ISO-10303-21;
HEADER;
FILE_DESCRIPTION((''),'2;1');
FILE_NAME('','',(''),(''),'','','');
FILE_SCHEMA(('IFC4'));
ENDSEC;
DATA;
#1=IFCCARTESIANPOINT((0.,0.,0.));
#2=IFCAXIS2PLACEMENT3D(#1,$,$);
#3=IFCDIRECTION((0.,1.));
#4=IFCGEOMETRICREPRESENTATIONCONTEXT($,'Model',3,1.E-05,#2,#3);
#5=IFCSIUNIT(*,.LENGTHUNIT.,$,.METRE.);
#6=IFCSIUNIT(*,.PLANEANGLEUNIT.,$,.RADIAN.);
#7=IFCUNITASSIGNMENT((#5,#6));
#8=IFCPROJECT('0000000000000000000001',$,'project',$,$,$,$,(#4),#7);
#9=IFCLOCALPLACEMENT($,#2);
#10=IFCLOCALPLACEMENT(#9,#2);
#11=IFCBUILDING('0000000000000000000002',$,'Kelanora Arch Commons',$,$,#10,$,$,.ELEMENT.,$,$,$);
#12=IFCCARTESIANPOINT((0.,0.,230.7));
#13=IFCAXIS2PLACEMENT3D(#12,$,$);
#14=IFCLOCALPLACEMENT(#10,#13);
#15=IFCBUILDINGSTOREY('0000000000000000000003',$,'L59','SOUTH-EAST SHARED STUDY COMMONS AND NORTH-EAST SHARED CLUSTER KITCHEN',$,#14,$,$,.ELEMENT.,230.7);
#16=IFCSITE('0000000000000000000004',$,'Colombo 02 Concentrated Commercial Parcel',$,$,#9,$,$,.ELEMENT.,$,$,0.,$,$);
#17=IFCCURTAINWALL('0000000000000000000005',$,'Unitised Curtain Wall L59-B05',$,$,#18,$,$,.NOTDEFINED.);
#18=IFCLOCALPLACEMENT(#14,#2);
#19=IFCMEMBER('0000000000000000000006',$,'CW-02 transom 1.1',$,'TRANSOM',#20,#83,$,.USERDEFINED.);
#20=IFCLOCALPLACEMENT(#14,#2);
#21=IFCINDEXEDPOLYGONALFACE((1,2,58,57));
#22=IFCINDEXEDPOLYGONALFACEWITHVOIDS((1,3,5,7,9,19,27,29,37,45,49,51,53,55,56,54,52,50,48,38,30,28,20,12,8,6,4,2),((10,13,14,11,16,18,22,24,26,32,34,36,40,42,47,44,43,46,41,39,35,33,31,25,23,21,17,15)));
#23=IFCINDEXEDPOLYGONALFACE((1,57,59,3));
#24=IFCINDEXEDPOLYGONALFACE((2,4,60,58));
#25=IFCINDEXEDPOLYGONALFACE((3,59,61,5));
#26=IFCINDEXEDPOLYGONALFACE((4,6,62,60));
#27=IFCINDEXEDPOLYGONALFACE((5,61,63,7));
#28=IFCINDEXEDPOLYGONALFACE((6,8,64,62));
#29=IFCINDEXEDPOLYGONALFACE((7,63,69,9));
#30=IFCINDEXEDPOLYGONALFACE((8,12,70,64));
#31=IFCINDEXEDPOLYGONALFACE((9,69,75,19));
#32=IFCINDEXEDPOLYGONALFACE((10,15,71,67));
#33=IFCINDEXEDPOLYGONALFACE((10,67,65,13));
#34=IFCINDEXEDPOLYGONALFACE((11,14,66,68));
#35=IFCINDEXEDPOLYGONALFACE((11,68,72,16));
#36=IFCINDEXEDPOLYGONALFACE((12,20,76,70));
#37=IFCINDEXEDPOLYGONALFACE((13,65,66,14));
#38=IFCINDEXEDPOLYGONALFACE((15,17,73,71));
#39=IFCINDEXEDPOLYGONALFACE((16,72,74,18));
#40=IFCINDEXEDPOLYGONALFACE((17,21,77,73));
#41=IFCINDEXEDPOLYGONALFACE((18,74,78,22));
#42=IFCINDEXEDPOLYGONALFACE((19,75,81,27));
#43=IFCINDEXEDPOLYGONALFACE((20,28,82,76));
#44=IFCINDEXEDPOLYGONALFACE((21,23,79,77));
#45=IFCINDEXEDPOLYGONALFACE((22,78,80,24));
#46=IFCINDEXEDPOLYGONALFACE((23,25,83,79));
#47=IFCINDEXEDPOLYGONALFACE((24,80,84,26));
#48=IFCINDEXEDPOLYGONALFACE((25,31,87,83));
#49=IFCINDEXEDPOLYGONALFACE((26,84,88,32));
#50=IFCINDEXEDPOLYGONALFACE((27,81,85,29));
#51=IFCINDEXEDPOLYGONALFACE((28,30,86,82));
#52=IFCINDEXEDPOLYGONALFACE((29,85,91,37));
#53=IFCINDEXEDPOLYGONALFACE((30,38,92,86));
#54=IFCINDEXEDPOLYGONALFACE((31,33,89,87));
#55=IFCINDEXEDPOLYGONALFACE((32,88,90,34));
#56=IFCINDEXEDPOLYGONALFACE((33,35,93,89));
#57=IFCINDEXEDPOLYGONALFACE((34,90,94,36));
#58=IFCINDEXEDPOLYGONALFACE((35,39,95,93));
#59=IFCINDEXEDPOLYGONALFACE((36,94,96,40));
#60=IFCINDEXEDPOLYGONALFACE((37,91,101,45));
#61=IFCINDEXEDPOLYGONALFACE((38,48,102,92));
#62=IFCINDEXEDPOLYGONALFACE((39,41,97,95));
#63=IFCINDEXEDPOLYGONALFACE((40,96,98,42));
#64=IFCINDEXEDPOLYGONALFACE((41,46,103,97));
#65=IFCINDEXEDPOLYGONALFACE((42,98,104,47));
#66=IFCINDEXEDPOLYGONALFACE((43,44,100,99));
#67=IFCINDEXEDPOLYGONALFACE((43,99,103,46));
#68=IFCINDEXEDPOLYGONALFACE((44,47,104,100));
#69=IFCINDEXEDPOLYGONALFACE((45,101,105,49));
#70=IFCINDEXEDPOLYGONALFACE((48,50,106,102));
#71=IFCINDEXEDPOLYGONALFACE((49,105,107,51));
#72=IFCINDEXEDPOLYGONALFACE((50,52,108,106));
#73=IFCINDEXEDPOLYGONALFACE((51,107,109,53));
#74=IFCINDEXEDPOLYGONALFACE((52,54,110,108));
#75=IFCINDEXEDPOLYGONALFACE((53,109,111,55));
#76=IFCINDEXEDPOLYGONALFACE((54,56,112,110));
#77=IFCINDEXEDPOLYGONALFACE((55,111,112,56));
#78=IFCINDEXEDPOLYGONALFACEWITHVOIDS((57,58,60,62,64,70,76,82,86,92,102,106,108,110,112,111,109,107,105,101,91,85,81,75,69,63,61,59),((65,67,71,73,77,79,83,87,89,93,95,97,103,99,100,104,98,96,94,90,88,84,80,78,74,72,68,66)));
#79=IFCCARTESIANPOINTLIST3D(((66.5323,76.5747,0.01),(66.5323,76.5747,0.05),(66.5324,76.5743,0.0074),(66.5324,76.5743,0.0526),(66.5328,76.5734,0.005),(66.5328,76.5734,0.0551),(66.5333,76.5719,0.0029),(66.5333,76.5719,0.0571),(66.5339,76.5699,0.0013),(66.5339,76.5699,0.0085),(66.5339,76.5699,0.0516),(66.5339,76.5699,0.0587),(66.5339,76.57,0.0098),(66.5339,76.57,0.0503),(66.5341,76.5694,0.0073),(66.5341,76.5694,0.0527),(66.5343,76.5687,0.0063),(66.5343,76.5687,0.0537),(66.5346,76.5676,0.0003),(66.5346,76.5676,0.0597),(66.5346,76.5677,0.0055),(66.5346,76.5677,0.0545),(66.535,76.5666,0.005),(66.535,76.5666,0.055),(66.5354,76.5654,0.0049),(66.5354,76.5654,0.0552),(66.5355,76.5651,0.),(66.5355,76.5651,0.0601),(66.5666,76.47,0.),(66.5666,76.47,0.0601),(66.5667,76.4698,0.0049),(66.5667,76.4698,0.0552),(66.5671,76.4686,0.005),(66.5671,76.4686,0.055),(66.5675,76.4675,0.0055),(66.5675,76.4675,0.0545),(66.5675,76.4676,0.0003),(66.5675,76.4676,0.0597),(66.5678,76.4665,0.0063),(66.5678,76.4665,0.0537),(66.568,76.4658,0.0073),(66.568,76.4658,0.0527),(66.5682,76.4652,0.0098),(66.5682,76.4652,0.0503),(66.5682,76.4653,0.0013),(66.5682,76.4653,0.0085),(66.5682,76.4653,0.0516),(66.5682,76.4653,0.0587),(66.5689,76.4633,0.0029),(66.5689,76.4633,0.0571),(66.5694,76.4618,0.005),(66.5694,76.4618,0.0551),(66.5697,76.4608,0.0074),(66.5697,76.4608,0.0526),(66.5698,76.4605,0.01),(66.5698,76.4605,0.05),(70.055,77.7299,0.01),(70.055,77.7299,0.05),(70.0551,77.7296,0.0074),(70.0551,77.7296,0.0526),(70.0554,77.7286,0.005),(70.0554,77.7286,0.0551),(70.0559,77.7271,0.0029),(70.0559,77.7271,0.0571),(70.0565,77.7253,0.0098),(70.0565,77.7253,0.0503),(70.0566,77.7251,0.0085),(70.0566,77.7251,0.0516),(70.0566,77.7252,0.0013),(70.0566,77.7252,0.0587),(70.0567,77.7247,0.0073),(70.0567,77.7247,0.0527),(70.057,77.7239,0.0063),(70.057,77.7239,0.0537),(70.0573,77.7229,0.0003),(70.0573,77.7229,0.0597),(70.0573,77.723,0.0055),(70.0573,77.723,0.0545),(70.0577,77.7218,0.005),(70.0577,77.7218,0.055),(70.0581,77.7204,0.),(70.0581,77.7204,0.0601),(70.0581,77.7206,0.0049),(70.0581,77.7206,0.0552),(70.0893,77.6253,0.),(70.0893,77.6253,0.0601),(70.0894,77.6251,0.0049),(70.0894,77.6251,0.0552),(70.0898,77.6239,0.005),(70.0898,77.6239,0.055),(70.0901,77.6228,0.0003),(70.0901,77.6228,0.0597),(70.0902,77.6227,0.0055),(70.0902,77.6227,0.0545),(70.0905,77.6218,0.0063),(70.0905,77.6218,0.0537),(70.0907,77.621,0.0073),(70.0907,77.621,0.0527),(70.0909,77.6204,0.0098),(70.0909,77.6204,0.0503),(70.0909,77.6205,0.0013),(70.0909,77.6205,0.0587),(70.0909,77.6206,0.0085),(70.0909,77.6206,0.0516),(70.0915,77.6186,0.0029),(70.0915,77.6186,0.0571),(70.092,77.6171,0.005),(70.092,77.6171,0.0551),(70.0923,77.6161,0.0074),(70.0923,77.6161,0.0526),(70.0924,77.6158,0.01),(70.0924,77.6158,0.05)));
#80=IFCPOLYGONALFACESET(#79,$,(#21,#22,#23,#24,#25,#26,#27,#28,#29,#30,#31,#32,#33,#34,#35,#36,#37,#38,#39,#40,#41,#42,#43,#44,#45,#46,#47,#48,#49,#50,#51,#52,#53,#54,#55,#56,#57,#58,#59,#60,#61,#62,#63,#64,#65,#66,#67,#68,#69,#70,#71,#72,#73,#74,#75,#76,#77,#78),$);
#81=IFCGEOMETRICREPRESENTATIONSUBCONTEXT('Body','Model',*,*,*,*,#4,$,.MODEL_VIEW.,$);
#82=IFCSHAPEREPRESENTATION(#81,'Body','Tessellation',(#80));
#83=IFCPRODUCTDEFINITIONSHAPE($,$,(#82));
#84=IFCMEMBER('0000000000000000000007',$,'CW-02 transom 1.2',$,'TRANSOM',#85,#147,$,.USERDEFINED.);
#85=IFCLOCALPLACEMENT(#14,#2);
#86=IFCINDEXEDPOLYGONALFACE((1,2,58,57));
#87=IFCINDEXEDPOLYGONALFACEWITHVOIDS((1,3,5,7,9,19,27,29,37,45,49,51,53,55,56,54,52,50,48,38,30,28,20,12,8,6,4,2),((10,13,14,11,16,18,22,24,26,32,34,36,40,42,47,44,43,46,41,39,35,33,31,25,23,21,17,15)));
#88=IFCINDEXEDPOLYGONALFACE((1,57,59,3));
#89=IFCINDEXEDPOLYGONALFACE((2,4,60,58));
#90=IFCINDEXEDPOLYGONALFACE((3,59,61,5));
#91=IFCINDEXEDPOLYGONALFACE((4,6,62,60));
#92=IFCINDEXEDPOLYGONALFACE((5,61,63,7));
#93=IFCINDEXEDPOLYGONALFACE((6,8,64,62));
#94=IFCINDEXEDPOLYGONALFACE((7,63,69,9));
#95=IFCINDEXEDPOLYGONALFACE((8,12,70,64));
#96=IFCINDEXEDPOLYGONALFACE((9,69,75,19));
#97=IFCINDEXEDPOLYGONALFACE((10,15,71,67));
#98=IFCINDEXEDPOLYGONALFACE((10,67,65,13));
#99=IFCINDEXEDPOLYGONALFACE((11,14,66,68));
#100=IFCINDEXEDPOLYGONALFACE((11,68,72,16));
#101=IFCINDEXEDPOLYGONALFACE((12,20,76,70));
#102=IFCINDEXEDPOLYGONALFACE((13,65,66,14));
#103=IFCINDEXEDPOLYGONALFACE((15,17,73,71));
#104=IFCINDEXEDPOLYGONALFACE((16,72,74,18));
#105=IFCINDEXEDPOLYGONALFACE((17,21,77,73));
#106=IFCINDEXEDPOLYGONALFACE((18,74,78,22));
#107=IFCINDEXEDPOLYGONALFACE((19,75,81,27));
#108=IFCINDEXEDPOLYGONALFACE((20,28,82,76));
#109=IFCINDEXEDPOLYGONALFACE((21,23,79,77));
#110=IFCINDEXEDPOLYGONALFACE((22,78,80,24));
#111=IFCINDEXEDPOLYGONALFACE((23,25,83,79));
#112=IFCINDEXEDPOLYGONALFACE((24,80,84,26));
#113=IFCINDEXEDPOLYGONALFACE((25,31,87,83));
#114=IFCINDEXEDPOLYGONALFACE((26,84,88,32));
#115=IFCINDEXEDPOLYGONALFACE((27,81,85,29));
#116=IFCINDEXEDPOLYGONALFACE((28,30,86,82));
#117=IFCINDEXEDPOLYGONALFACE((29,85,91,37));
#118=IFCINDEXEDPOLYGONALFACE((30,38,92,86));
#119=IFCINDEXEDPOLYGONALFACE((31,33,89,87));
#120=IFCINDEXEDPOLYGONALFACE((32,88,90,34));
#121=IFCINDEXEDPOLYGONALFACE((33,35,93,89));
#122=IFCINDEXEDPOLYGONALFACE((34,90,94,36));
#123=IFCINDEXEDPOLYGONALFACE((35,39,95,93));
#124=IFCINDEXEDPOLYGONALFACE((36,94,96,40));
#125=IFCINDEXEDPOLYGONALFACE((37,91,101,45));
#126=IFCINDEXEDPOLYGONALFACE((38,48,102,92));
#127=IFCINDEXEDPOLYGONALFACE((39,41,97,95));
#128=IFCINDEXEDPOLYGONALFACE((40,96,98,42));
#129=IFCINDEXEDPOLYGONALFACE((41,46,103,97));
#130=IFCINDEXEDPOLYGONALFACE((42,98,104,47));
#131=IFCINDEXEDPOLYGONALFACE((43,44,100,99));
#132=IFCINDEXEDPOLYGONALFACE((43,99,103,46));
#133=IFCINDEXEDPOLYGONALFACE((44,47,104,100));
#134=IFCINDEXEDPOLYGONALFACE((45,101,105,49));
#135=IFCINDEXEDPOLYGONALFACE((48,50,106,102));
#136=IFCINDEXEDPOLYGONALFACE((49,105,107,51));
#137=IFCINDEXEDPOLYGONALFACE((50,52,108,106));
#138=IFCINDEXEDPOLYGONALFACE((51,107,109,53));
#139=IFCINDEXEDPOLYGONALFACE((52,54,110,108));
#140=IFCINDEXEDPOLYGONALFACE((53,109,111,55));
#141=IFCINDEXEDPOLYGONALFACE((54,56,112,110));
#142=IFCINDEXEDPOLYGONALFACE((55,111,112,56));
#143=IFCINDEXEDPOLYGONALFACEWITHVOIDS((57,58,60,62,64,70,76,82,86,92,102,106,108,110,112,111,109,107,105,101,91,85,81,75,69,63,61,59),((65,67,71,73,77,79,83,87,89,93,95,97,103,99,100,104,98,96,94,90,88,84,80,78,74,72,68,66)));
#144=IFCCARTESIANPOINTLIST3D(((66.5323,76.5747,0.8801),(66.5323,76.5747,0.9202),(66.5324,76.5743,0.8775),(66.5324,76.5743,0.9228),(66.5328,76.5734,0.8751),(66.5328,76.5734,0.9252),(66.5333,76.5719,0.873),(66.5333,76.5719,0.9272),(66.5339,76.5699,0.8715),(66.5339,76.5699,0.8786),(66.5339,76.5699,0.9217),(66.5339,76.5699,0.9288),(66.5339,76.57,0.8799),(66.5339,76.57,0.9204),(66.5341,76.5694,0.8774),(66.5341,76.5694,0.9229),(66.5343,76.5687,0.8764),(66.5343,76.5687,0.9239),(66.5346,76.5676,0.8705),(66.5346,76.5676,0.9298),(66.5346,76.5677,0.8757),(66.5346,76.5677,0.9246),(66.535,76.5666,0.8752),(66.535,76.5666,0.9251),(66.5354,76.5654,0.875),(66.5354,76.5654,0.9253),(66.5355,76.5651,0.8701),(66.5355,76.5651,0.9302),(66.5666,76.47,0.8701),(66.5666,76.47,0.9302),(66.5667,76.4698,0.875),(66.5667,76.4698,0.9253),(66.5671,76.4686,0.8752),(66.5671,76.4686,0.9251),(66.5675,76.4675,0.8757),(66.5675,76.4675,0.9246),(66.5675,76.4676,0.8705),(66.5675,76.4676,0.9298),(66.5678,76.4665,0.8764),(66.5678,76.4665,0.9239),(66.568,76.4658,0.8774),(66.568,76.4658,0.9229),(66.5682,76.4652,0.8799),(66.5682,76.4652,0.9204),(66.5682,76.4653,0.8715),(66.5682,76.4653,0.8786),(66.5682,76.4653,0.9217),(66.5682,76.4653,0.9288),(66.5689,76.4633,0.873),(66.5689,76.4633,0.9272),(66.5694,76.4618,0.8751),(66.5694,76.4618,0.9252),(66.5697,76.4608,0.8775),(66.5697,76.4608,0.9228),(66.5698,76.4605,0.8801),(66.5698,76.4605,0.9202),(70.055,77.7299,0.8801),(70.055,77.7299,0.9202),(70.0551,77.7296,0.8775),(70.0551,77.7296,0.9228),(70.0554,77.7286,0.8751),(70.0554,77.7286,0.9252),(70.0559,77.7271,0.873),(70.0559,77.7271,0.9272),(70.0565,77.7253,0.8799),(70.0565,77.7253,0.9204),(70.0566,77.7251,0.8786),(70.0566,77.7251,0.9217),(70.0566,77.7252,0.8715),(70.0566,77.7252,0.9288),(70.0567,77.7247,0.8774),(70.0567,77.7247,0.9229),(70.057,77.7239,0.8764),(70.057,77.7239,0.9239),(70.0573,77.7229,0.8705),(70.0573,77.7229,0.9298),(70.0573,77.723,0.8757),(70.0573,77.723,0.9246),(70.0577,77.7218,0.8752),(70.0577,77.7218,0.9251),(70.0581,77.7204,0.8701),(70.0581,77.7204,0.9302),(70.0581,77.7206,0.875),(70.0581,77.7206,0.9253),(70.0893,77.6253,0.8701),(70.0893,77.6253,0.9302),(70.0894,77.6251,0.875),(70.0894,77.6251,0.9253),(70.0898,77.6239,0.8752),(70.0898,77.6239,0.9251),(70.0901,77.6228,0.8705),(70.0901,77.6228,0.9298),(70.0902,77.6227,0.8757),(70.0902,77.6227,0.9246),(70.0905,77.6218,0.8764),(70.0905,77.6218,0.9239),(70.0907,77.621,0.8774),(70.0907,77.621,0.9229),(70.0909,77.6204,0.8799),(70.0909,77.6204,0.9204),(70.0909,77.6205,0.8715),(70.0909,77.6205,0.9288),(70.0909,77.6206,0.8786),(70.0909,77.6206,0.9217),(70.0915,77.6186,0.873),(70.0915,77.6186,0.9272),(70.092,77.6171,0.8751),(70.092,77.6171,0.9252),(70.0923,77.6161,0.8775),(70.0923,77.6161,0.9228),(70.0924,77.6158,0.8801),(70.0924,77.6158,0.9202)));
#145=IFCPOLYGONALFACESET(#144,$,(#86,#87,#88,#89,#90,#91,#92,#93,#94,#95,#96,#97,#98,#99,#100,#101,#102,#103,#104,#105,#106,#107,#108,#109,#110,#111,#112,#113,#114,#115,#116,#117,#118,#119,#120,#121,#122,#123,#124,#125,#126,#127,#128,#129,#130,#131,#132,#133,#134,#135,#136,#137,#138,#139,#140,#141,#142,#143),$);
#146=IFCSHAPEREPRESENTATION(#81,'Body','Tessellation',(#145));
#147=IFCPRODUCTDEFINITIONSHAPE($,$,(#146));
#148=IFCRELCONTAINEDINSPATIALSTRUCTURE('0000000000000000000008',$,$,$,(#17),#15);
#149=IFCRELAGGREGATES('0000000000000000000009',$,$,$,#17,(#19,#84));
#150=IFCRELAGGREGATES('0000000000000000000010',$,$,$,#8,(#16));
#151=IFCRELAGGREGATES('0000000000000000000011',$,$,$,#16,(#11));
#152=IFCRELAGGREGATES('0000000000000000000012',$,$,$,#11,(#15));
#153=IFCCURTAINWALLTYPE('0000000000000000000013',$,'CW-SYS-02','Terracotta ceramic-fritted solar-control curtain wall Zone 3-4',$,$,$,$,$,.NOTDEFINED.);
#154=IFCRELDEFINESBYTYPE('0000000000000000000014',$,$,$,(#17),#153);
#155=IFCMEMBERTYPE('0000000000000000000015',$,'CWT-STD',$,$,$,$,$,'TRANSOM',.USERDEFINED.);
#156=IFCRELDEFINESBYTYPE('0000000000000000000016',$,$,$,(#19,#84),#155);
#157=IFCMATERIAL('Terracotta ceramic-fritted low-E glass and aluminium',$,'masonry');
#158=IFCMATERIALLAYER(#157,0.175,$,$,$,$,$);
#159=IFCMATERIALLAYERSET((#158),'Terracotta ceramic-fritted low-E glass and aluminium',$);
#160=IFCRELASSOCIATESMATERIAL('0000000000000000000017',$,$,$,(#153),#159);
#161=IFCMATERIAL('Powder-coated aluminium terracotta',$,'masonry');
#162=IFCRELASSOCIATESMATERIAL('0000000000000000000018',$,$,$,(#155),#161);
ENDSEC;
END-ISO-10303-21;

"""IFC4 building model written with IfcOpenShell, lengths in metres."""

from ifc_helpers import new_model, si_unit, direction, frame, origin, origin_2d, place, context, subcontext, project, spatial, hollow_rectangle, extrude, material, layer, layer_set, material_profile, profile_set, type_object, element, aggregate, save


model = new_model("IFC4")

# Units and contexts
model_context = context("Model", 3, precision=1e-05, world=origin(), true_north=direction((0.0, 1.0)))
body_context = subcontext(model_context, "Body", "Model", "MODEL_VIEW")
ifc_project = project(units=[si_unit("LENGTHUNIT", "METRE"), si_unit("PLANEANGLEUNIT", "RADIAN")], contexts=[model_context])

# Site, building, storey
site_placement = place(None, origin())
site = spatial("IfcSite", under=ifc_project, at=site_placement, Name="Colombo 02 Concentrated Commercial Parcel", CompositionType="ELEMENT", RefElevation=0.0)
building_placement = place(site_placement, origin())
building = spatial("IfcBuilding", under=site, at=building_placement, Name="Kelanora Arch Commons", CompositionType="ELEMENT")
storey_placement = place(building_placement, frame((0.0, 0.0, 230.7)))
storey = spatial("IfcBuildingStorey", under=building, at=storey_placement, Name="L59", Description="SOUTH-EAST SHARED STUDY COMMONS AND NORTH-EAST SHARED CLUSTER KITCHEN", CompositionType="ELEMENT", Elevation=230.7)

# Curtain wall, members
ifc_material_1 = material(Name="Terracotta ceramic-fritted low-E glass and aluminium", Category="masonry")
ifc_layer_1 = layer(ifc_material_1, 0.175)
ifc_layer_set_1 = layer_set([ifc_layer_1], Name="Terracotta ceramic-fritted low-E glass and aluminium")
curtain_wall_type = type_object("IfcCurtainWallType", Name="CW-SYS-02", Description="Terracotta ceramic-fritted solar-control curtain wall Zone 3-4", PredefinedType="NOTDEFINED", material=ifc_layer_set_1)
curtain_wall_placement = place(storey_placement, origin())
curtain_wall = element("IfcCurtainWall", 1, at=curtain_wall_placement, inside=storey, type_object=curtain_wall_type, Name="Unitised Curtain Wall L59-B05", PredefinedType="NOTDEFINED")
ifc_material_2 = material(Name="Powder-coated aluminium terracotta", Category="masonry")
ifc_material_profile_1 = material_profile(ifc_material_2, hollow_rectangle(XDim=0.1201, YDim=0.0601, WallThickness=0.0049, InnerFilletRadius=0.0049, OuterFilletRadius=0.01, at=origin_2d()), Name="CWT120x60")
ifc_profile_set_1 = profile_set([ifc_material_profile_1], Name="Powder-coated aluminium terracotta")
member_type_1 = type_object("IfcMemberType", Name="CWT-STD", ElementType="TRANSOM", PredefinedType="USERDEFINED", material=ifc_profile_set_1)
member_1_placement = place(storey_placement, frame((70.0737, 77.6729, 0.03), z_axis=(-0.950207, -0.311621, 0.0), x_axis=(0.311621, -0.950207, 0.0)))
member_1 = element("IfcMember", 2, at=member_1_placement, type_object=member_type_1, Name="CW-02 transom 1.1", ObjectType="TRANSOM", PredefinedType="USERDEFINED", context=body_context, shape_type="SweptSolid", body=[
    extrude(hollow_rectangle(XDim=0.1201, YDim=0.0601, WallThickness=0.0049, InnerFilletRadius=0.0049, OuterFilletRadius=0.01, at=origin_2d()), origin(), (0.0, 0.0, 1.0), 3.7073),
])
member_2_placement = place(storey_placement, frame((70.0737, 77.6729, 0.9001), z_axis=(-0.950207, -0.311621, 0.0), x_axis=(0.311621, -0.950207, 0.0)))
member_2 = element("IfcMember", 3, at=member_2_placement, type_object=member_type_1, Name="CW-02 transom 1.2", ObjectType="TRANSOM", PredefinedType="USERDEFINED", context=body_context, shape_type="SweptSolid", body=[
    extrude(hollow_rectangle(XDim=0.1201, YDim=0.0601, WallThickness=0.0049, InnerFilletRadius=0.0049, OuterFilletRadius=0.01, at=origin_2d()), origin(), (0.0, 0.0, 1.0), 3.7073),
])
aggregate(curtain_wall, [member_1, member_2])

save(model, "model.ifc")
